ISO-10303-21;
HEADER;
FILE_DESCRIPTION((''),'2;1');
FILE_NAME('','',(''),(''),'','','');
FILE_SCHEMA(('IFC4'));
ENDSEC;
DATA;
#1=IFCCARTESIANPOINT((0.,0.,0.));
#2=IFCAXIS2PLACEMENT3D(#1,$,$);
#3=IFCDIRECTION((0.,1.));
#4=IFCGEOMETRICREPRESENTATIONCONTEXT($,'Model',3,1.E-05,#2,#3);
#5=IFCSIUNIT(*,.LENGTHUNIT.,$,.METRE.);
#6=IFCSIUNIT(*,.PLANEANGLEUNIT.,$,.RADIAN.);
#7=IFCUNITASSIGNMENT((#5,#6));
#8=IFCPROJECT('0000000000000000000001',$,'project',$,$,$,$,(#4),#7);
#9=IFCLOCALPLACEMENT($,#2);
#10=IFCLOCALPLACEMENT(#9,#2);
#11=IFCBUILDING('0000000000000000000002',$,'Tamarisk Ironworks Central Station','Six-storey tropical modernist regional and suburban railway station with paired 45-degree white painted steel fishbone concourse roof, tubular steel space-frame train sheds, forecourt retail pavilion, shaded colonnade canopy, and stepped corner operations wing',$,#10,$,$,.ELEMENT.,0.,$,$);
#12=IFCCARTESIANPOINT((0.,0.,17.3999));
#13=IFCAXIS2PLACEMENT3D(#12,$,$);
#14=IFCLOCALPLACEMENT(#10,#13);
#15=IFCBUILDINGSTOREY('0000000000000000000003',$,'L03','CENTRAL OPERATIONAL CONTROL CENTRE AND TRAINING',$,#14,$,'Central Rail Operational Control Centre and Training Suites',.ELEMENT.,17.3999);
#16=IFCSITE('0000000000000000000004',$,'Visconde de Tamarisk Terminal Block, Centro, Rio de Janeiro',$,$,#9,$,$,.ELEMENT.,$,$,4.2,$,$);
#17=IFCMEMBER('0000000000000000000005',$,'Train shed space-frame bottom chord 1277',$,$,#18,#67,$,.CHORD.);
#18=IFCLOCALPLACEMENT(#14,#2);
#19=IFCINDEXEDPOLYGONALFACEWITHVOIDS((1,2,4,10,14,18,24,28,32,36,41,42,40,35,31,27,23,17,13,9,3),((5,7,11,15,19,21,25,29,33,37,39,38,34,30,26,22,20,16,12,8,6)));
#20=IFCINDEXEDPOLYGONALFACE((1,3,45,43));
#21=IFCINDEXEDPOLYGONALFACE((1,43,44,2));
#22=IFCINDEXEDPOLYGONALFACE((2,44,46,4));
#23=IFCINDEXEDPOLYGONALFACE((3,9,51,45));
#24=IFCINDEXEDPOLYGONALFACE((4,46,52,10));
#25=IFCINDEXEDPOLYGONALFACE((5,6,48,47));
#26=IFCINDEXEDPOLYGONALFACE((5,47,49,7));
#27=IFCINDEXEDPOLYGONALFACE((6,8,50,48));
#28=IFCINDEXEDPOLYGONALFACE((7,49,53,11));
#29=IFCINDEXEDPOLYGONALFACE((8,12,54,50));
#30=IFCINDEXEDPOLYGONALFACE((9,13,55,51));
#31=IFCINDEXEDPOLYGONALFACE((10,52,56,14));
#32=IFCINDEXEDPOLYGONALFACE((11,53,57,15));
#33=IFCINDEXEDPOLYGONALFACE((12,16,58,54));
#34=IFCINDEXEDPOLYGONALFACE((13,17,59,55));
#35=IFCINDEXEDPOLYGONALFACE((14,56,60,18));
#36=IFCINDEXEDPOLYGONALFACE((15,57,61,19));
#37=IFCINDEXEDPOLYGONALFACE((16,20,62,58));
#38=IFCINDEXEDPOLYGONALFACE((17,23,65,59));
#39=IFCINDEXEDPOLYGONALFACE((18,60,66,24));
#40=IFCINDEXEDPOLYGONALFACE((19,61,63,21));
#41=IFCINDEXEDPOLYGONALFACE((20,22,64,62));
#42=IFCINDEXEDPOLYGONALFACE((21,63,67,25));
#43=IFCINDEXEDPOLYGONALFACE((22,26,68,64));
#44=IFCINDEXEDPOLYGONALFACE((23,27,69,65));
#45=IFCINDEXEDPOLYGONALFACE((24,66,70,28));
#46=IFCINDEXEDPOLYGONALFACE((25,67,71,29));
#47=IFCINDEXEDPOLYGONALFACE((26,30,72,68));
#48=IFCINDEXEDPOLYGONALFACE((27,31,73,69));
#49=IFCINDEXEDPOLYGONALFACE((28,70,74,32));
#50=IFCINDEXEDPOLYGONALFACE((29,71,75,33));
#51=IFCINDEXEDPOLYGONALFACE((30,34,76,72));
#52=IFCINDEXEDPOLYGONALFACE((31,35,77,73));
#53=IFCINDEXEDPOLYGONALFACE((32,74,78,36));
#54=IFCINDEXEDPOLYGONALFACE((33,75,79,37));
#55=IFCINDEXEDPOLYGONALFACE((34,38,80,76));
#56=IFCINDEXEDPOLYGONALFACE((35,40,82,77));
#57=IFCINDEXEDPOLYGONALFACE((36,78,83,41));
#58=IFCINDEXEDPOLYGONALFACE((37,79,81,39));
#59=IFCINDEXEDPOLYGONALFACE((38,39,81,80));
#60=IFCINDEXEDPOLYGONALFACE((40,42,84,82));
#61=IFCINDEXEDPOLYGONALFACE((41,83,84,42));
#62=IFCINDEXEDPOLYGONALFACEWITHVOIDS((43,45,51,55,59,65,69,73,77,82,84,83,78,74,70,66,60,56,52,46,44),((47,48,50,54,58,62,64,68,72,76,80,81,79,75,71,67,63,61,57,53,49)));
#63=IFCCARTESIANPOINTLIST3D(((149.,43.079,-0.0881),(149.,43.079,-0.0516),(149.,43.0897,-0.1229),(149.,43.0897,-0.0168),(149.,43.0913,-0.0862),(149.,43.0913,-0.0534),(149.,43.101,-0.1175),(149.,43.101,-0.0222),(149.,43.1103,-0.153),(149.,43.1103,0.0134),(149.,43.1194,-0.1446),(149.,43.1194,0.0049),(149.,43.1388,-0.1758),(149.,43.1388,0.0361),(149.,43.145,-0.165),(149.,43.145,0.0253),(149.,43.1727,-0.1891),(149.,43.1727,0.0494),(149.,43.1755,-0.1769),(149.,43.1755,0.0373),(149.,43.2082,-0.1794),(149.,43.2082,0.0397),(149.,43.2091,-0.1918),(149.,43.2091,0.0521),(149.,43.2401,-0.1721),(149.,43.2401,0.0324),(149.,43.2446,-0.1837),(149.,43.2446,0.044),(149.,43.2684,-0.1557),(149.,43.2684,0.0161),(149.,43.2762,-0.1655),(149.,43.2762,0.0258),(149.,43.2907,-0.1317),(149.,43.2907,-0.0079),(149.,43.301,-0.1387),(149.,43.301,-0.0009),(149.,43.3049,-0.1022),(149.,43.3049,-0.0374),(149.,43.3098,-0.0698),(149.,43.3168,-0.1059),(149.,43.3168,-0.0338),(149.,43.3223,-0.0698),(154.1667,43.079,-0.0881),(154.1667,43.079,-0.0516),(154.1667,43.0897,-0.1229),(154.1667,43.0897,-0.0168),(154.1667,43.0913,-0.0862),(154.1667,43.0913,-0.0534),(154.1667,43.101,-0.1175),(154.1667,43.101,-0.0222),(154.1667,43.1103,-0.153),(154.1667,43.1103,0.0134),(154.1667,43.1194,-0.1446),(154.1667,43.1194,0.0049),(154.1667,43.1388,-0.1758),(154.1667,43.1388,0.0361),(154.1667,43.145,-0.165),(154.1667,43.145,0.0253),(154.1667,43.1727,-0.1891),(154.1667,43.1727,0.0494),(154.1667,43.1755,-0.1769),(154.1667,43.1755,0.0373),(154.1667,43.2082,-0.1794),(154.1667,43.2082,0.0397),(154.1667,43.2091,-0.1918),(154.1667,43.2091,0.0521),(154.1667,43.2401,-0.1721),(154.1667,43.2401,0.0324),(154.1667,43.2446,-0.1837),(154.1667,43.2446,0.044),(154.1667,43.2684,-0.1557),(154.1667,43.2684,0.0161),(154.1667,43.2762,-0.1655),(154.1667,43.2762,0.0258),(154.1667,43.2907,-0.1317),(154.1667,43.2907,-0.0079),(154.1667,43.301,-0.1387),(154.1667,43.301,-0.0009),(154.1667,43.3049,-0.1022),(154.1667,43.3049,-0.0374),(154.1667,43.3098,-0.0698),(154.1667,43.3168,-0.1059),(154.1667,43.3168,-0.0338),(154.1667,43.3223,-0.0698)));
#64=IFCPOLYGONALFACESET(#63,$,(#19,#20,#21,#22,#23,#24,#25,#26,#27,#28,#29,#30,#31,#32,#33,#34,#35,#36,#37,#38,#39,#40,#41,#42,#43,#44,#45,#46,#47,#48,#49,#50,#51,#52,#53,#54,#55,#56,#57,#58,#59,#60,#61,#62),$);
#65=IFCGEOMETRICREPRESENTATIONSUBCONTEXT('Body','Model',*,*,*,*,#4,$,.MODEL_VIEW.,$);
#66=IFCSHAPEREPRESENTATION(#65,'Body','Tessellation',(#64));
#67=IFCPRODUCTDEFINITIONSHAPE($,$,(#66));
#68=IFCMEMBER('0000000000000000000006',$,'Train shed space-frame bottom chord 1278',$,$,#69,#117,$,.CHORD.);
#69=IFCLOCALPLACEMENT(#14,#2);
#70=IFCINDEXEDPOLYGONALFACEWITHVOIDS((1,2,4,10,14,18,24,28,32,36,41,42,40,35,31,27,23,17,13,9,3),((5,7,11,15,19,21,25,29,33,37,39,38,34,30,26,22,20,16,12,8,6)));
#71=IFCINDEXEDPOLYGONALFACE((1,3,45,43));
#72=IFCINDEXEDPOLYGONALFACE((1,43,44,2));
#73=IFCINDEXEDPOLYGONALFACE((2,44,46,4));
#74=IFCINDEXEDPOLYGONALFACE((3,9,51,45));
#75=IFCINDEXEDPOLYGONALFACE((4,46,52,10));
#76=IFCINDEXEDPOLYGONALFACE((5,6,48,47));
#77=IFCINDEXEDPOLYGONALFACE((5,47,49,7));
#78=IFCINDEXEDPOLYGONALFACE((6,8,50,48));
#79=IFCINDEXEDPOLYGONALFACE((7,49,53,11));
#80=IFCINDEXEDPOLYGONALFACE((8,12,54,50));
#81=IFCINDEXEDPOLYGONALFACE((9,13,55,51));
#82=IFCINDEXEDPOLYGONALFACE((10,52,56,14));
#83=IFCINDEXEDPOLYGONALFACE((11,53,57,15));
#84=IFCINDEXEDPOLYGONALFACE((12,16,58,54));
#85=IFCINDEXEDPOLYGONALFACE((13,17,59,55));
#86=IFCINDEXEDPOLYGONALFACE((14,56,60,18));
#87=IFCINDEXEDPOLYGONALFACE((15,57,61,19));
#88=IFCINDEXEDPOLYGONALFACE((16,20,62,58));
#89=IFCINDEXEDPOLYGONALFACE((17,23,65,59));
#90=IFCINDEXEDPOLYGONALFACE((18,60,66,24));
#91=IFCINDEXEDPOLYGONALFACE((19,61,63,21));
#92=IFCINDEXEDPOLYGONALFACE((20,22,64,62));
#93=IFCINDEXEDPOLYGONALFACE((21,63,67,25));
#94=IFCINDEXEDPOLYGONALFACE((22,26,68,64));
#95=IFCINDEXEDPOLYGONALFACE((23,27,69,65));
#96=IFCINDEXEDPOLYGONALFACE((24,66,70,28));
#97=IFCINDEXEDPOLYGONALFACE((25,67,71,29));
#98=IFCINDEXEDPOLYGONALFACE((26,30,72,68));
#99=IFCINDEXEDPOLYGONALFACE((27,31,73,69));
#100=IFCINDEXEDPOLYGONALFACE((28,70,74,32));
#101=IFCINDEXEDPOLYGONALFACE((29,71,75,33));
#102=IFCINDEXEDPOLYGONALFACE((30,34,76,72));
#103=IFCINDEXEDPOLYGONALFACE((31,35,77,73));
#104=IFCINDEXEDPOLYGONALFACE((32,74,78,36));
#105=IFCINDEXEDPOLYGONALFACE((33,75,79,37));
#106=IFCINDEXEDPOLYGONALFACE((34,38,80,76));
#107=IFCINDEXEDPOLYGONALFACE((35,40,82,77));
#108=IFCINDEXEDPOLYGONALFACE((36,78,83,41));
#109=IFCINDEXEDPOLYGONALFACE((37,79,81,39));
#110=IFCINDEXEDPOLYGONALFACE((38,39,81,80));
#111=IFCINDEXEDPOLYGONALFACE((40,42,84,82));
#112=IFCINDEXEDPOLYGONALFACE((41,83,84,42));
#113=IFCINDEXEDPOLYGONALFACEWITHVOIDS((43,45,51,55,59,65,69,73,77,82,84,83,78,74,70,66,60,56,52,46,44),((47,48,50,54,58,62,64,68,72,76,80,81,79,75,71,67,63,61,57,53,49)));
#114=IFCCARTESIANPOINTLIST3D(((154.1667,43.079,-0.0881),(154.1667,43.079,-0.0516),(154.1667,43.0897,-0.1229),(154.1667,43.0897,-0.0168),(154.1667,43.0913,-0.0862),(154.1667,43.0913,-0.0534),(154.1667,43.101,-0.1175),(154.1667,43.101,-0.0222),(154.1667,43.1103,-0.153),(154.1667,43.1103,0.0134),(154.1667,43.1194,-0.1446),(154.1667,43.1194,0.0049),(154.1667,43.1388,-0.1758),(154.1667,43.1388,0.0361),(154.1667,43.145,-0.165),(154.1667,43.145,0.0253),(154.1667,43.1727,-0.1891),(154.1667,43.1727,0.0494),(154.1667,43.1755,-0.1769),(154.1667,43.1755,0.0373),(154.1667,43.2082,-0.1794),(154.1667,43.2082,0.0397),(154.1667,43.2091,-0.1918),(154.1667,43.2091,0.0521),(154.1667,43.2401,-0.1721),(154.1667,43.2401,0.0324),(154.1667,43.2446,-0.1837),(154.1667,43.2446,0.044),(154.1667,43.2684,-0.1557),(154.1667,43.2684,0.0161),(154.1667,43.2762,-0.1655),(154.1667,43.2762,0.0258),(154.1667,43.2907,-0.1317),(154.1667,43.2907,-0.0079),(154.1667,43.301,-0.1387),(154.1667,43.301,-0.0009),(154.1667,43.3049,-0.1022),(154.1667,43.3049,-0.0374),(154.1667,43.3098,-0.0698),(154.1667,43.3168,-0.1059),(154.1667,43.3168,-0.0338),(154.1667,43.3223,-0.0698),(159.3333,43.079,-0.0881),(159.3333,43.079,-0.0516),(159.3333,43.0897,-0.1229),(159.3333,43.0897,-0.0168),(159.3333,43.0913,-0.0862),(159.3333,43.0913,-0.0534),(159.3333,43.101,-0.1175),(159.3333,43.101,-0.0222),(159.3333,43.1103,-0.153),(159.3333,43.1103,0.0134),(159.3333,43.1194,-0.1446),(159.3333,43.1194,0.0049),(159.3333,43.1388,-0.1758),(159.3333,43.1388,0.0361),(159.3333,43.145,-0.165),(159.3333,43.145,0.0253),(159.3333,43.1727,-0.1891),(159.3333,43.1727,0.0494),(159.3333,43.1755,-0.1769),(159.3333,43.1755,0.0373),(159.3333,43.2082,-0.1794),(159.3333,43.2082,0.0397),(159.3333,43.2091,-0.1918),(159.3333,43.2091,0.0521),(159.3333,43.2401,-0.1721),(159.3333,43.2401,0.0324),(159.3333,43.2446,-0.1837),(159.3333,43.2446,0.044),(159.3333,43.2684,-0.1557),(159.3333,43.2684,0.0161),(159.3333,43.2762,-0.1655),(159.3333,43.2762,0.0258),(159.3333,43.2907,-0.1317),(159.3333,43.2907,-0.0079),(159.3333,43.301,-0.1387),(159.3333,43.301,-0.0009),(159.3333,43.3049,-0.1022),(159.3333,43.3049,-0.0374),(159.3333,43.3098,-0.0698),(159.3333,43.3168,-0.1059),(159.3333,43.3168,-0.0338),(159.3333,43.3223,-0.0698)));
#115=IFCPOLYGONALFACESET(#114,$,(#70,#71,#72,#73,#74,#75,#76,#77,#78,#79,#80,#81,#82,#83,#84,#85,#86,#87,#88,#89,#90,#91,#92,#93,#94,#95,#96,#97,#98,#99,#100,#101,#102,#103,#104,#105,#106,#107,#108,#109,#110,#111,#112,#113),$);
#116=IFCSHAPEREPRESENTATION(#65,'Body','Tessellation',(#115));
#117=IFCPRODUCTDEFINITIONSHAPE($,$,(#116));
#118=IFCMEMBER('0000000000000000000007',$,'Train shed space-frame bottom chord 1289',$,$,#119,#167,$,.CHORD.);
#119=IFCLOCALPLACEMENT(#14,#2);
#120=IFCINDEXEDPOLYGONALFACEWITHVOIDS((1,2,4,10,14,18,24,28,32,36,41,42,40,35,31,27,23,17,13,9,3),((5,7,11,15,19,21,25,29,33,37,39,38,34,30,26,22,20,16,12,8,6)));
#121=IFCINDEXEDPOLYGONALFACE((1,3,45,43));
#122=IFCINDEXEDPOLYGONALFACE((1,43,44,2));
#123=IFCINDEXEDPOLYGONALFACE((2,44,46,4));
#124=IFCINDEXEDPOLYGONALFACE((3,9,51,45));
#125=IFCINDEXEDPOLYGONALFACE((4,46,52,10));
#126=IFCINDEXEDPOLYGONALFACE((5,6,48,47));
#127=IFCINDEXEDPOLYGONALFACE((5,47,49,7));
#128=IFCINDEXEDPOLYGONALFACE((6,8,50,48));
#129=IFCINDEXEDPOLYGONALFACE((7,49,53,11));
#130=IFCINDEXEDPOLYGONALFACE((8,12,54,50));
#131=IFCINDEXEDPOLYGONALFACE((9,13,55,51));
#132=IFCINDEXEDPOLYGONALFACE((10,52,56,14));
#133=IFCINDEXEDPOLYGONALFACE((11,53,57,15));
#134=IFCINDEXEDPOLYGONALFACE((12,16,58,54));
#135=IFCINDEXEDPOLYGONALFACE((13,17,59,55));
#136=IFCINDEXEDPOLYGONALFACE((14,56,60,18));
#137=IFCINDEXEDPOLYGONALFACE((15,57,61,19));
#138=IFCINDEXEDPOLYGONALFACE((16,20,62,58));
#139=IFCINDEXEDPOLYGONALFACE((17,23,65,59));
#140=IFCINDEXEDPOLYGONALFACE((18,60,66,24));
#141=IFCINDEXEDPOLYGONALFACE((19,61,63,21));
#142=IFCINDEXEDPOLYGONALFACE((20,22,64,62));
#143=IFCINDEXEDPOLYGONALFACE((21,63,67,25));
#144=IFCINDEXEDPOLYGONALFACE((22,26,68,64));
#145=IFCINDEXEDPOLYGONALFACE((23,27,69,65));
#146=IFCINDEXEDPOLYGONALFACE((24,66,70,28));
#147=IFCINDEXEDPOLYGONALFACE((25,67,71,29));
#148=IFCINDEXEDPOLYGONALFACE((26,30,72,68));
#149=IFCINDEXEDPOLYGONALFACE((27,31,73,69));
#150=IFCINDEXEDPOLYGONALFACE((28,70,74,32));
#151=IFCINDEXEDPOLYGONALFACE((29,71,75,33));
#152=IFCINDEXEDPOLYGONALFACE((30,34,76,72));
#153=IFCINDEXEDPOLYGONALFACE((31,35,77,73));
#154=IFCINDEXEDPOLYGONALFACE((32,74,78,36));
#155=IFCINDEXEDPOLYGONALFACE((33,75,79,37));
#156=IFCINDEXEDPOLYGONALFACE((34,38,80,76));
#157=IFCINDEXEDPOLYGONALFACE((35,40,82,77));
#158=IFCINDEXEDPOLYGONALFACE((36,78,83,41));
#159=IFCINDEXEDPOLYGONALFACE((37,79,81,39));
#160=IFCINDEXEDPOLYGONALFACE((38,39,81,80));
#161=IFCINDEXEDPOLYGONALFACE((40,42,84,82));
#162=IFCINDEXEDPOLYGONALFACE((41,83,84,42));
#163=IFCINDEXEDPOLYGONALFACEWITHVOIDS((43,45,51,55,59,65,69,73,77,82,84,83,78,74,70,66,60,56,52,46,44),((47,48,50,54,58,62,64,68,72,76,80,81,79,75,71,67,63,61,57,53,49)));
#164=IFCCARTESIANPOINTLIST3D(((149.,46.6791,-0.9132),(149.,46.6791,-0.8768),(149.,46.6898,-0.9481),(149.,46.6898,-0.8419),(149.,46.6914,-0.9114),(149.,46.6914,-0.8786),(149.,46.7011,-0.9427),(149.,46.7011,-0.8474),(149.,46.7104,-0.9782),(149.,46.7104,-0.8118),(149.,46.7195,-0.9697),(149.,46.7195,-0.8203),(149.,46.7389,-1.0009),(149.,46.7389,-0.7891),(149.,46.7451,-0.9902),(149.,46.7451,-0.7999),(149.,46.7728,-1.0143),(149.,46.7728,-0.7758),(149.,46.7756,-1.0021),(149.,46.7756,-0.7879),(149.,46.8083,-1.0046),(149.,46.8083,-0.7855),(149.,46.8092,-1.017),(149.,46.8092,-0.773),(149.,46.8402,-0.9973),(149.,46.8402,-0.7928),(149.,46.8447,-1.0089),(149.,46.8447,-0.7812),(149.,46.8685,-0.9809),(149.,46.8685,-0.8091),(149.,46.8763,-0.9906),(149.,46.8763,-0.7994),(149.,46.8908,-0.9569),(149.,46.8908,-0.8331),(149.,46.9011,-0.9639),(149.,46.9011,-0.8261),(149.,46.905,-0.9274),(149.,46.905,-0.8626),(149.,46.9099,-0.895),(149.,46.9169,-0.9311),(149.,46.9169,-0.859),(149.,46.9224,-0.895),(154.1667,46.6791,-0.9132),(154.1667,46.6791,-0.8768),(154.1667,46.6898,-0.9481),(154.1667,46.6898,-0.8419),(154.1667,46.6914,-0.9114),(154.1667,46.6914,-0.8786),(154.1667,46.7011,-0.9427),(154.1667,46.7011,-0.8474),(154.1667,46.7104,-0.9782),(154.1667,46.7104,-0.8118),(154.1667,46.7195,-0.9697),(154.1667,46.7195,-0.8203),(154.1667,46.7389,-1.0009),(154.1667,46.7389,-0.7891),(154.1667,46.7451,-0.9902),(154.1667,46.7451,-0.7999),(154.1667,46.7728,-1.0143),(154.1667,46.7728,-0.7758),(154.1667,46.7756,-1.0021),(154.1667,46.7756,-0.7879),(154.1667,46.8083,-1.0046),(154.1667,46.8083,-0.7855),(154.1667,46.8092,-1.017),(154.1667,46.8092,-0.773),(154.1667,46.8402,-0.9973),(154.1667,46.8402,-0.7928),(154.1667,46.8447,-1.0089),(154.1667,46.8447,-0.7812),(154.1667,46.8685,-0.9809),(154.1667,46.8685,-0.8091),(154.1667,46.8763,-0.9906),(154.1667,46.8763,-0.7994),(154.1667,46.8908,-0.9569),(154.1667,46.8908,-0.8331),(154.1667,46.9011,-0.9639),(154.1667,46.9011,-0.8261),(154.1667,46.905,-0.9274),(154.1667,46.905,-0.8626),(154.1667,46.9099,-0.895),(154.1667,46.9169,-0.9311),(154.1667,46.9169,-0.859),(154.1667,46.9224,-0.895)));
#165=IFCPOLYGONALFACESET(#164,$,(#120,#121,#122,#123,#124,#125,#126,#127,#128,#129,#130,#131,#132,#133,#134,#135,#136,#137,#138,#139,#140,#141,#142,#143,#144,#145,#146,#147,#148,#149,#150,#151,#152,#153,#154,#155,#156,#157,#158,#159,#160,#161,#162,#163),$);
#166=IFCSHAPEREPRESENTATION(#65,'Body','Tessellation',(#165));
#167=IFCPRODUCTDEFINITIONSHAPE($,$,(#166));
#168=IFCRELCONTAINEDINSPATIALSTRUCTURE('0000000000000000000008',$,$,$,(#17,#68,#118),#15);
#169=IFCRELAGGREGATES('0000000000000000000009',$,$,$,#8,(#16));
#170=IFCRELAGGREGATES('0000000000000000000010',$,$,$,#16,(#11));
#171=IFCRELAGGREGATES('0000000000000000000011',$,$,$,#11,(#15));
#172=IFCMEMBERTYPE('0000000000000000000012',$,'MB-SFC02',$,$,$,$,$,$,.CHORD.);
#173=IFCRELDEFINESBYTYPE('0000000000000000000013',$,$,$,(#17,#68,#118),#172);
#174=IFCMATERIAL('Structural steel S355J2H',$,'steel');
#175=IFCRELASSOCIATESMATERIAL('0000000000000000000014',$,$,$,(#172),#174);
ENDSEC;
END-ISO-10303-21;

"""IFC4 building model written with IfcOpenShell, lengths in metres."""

from ifc_helpers import new_model, si_unit, direction, frame, origin, origin_2d, place, context, subcontext, project, spatial, hollow_circle, extrude, material, material_profile, profile_set, type_object, element, save


model = new_model("IFC4")

# Units and contexts
model_context = context("Model", 3, precision=1e-05, world=origin(), true_north=direction((0.0, 1.0)))
body_context = subcontext(model_context, "Body", "Model", "MODEL_VIEW")
ifc_project = project(units=[si_unit("LENGTHUNIT", "METRE"), si_unit("PLANEANGLEUNIT", "RADIAN")], contexts=[model_context])

# Site, building, storey
site_placement = place(None, origin())
site = spatial("IfcSite", under=ifc_project, at=site_placement, Name="Visconde de Tamarisk Terminal Block, Centro, Rio de Janeiro", CompositionType="ELEMENT", RefElevation=4.2)
building_placement = place(site_placement, origin())
building = spatial("IfcBuilding", under=site, at=building_placement, Name="Tamarisk Ironworks Central Station", Description="Six-storey tropical modernist regional and suburban railway station with paired 45-degree white painted steel fishbone concourse roof, tubular steel space-frame train sheds, forecourt retail pavilion, shaded colonnade canopy, and stepped corner operations wing", CompositionType="ELEMENT", ElevationOfRefHeight=0.0)
storey_placement = place(building_placement, frame((0.0, 0.0, 17.3999)))
storey = spatial("IfcBuildingStorey", under=building, at=storey_placement, Name="L03", Description="CENTRAL OPERATIONAL CONTROL CENTRE AND TRAINING", LongName="Central Rail Operational Control Centre and Training Suites", CompositionType="ELEMENT", Elevation=17.3999)

# Members
ifc_material = material(Name="Structural steel S355J2H", Category="steel")
ifc_material_profile_1 = material_profile(ifc_material, hollow_circle(Radius=0.1223, WallThickness=0.0125, at=origin_2d()), Name="CHS 244.5x12.5")
ifc_profile_set_1 = profile_set([ifc_material_profile_1], Name="Structural steel S355J2H")
member_type_1 = type_object("IfcMemberType", Name="MB-SFC02", PredefinedType="CHORD", material=ifc_profile_set_1)
member_1_placement = place(storey_placement, frame((149.0, 43.2, -0.0698), z_axis=(1.0, 0.0, 0.0), x_axis=(0.0, 1.0, 0.0)))
element("IfcMember", 1, at=member_1_placement, inside=storey, type_object=member_type_1, Name="Train shed space-frame bottom chord 1277", PredefinedType="CHORD", context=body_context, shape_type="SweptSolid", body=[
    extrude(hollow_circle(Radius=0.1223, WallThickness=0.0125, at=origin_2d()), origin(), (0.0, 0.0, 1.0), 5.1667),
])
member_2_placement = place(storey_placement, frame((154.1667, 43.2, -0.0698), z_axis=(1.0, 0.0, 0.0), x_axis=(0.0, 1.0, 0.0)))
element("IfcMember", 2, at=member_2_placement, inside=storey, type_object=member_type_1, Name="Train shed space-frame bottom chord 1278", PredefinedType="CHORD", context=body_context, shape_type="SweptSolid", body=[
    extrude(hollow_circle(Radius=0.1223, WallThickness=0.0125, at=origin_2d()), origin(), (0.0, 0.0, 1.0), 5.1665),
])
member_3_placement = place(storey_placement, frame((149.0, 46.8, -0.895), z_axis=(1.0, 0.0, 0.0), x_axis=(0.0, 1.0, 0.0)))
element("IfcMember", 3, at=member_3_placement, inside=storey, type_object=member_type_1, Name="Train shed space-frame bottom chord 1289", PredefinedType="CHORD", context=body_context, shape_type="SweptSolid", body=[
    extrude(hollow_circle(Radius=0.1223, WallThickness=0.0125, at=origin_2d()), origin(), (0.0, 0.0, 1.0), 5.1667),
])

save(model, "model.ifc")
